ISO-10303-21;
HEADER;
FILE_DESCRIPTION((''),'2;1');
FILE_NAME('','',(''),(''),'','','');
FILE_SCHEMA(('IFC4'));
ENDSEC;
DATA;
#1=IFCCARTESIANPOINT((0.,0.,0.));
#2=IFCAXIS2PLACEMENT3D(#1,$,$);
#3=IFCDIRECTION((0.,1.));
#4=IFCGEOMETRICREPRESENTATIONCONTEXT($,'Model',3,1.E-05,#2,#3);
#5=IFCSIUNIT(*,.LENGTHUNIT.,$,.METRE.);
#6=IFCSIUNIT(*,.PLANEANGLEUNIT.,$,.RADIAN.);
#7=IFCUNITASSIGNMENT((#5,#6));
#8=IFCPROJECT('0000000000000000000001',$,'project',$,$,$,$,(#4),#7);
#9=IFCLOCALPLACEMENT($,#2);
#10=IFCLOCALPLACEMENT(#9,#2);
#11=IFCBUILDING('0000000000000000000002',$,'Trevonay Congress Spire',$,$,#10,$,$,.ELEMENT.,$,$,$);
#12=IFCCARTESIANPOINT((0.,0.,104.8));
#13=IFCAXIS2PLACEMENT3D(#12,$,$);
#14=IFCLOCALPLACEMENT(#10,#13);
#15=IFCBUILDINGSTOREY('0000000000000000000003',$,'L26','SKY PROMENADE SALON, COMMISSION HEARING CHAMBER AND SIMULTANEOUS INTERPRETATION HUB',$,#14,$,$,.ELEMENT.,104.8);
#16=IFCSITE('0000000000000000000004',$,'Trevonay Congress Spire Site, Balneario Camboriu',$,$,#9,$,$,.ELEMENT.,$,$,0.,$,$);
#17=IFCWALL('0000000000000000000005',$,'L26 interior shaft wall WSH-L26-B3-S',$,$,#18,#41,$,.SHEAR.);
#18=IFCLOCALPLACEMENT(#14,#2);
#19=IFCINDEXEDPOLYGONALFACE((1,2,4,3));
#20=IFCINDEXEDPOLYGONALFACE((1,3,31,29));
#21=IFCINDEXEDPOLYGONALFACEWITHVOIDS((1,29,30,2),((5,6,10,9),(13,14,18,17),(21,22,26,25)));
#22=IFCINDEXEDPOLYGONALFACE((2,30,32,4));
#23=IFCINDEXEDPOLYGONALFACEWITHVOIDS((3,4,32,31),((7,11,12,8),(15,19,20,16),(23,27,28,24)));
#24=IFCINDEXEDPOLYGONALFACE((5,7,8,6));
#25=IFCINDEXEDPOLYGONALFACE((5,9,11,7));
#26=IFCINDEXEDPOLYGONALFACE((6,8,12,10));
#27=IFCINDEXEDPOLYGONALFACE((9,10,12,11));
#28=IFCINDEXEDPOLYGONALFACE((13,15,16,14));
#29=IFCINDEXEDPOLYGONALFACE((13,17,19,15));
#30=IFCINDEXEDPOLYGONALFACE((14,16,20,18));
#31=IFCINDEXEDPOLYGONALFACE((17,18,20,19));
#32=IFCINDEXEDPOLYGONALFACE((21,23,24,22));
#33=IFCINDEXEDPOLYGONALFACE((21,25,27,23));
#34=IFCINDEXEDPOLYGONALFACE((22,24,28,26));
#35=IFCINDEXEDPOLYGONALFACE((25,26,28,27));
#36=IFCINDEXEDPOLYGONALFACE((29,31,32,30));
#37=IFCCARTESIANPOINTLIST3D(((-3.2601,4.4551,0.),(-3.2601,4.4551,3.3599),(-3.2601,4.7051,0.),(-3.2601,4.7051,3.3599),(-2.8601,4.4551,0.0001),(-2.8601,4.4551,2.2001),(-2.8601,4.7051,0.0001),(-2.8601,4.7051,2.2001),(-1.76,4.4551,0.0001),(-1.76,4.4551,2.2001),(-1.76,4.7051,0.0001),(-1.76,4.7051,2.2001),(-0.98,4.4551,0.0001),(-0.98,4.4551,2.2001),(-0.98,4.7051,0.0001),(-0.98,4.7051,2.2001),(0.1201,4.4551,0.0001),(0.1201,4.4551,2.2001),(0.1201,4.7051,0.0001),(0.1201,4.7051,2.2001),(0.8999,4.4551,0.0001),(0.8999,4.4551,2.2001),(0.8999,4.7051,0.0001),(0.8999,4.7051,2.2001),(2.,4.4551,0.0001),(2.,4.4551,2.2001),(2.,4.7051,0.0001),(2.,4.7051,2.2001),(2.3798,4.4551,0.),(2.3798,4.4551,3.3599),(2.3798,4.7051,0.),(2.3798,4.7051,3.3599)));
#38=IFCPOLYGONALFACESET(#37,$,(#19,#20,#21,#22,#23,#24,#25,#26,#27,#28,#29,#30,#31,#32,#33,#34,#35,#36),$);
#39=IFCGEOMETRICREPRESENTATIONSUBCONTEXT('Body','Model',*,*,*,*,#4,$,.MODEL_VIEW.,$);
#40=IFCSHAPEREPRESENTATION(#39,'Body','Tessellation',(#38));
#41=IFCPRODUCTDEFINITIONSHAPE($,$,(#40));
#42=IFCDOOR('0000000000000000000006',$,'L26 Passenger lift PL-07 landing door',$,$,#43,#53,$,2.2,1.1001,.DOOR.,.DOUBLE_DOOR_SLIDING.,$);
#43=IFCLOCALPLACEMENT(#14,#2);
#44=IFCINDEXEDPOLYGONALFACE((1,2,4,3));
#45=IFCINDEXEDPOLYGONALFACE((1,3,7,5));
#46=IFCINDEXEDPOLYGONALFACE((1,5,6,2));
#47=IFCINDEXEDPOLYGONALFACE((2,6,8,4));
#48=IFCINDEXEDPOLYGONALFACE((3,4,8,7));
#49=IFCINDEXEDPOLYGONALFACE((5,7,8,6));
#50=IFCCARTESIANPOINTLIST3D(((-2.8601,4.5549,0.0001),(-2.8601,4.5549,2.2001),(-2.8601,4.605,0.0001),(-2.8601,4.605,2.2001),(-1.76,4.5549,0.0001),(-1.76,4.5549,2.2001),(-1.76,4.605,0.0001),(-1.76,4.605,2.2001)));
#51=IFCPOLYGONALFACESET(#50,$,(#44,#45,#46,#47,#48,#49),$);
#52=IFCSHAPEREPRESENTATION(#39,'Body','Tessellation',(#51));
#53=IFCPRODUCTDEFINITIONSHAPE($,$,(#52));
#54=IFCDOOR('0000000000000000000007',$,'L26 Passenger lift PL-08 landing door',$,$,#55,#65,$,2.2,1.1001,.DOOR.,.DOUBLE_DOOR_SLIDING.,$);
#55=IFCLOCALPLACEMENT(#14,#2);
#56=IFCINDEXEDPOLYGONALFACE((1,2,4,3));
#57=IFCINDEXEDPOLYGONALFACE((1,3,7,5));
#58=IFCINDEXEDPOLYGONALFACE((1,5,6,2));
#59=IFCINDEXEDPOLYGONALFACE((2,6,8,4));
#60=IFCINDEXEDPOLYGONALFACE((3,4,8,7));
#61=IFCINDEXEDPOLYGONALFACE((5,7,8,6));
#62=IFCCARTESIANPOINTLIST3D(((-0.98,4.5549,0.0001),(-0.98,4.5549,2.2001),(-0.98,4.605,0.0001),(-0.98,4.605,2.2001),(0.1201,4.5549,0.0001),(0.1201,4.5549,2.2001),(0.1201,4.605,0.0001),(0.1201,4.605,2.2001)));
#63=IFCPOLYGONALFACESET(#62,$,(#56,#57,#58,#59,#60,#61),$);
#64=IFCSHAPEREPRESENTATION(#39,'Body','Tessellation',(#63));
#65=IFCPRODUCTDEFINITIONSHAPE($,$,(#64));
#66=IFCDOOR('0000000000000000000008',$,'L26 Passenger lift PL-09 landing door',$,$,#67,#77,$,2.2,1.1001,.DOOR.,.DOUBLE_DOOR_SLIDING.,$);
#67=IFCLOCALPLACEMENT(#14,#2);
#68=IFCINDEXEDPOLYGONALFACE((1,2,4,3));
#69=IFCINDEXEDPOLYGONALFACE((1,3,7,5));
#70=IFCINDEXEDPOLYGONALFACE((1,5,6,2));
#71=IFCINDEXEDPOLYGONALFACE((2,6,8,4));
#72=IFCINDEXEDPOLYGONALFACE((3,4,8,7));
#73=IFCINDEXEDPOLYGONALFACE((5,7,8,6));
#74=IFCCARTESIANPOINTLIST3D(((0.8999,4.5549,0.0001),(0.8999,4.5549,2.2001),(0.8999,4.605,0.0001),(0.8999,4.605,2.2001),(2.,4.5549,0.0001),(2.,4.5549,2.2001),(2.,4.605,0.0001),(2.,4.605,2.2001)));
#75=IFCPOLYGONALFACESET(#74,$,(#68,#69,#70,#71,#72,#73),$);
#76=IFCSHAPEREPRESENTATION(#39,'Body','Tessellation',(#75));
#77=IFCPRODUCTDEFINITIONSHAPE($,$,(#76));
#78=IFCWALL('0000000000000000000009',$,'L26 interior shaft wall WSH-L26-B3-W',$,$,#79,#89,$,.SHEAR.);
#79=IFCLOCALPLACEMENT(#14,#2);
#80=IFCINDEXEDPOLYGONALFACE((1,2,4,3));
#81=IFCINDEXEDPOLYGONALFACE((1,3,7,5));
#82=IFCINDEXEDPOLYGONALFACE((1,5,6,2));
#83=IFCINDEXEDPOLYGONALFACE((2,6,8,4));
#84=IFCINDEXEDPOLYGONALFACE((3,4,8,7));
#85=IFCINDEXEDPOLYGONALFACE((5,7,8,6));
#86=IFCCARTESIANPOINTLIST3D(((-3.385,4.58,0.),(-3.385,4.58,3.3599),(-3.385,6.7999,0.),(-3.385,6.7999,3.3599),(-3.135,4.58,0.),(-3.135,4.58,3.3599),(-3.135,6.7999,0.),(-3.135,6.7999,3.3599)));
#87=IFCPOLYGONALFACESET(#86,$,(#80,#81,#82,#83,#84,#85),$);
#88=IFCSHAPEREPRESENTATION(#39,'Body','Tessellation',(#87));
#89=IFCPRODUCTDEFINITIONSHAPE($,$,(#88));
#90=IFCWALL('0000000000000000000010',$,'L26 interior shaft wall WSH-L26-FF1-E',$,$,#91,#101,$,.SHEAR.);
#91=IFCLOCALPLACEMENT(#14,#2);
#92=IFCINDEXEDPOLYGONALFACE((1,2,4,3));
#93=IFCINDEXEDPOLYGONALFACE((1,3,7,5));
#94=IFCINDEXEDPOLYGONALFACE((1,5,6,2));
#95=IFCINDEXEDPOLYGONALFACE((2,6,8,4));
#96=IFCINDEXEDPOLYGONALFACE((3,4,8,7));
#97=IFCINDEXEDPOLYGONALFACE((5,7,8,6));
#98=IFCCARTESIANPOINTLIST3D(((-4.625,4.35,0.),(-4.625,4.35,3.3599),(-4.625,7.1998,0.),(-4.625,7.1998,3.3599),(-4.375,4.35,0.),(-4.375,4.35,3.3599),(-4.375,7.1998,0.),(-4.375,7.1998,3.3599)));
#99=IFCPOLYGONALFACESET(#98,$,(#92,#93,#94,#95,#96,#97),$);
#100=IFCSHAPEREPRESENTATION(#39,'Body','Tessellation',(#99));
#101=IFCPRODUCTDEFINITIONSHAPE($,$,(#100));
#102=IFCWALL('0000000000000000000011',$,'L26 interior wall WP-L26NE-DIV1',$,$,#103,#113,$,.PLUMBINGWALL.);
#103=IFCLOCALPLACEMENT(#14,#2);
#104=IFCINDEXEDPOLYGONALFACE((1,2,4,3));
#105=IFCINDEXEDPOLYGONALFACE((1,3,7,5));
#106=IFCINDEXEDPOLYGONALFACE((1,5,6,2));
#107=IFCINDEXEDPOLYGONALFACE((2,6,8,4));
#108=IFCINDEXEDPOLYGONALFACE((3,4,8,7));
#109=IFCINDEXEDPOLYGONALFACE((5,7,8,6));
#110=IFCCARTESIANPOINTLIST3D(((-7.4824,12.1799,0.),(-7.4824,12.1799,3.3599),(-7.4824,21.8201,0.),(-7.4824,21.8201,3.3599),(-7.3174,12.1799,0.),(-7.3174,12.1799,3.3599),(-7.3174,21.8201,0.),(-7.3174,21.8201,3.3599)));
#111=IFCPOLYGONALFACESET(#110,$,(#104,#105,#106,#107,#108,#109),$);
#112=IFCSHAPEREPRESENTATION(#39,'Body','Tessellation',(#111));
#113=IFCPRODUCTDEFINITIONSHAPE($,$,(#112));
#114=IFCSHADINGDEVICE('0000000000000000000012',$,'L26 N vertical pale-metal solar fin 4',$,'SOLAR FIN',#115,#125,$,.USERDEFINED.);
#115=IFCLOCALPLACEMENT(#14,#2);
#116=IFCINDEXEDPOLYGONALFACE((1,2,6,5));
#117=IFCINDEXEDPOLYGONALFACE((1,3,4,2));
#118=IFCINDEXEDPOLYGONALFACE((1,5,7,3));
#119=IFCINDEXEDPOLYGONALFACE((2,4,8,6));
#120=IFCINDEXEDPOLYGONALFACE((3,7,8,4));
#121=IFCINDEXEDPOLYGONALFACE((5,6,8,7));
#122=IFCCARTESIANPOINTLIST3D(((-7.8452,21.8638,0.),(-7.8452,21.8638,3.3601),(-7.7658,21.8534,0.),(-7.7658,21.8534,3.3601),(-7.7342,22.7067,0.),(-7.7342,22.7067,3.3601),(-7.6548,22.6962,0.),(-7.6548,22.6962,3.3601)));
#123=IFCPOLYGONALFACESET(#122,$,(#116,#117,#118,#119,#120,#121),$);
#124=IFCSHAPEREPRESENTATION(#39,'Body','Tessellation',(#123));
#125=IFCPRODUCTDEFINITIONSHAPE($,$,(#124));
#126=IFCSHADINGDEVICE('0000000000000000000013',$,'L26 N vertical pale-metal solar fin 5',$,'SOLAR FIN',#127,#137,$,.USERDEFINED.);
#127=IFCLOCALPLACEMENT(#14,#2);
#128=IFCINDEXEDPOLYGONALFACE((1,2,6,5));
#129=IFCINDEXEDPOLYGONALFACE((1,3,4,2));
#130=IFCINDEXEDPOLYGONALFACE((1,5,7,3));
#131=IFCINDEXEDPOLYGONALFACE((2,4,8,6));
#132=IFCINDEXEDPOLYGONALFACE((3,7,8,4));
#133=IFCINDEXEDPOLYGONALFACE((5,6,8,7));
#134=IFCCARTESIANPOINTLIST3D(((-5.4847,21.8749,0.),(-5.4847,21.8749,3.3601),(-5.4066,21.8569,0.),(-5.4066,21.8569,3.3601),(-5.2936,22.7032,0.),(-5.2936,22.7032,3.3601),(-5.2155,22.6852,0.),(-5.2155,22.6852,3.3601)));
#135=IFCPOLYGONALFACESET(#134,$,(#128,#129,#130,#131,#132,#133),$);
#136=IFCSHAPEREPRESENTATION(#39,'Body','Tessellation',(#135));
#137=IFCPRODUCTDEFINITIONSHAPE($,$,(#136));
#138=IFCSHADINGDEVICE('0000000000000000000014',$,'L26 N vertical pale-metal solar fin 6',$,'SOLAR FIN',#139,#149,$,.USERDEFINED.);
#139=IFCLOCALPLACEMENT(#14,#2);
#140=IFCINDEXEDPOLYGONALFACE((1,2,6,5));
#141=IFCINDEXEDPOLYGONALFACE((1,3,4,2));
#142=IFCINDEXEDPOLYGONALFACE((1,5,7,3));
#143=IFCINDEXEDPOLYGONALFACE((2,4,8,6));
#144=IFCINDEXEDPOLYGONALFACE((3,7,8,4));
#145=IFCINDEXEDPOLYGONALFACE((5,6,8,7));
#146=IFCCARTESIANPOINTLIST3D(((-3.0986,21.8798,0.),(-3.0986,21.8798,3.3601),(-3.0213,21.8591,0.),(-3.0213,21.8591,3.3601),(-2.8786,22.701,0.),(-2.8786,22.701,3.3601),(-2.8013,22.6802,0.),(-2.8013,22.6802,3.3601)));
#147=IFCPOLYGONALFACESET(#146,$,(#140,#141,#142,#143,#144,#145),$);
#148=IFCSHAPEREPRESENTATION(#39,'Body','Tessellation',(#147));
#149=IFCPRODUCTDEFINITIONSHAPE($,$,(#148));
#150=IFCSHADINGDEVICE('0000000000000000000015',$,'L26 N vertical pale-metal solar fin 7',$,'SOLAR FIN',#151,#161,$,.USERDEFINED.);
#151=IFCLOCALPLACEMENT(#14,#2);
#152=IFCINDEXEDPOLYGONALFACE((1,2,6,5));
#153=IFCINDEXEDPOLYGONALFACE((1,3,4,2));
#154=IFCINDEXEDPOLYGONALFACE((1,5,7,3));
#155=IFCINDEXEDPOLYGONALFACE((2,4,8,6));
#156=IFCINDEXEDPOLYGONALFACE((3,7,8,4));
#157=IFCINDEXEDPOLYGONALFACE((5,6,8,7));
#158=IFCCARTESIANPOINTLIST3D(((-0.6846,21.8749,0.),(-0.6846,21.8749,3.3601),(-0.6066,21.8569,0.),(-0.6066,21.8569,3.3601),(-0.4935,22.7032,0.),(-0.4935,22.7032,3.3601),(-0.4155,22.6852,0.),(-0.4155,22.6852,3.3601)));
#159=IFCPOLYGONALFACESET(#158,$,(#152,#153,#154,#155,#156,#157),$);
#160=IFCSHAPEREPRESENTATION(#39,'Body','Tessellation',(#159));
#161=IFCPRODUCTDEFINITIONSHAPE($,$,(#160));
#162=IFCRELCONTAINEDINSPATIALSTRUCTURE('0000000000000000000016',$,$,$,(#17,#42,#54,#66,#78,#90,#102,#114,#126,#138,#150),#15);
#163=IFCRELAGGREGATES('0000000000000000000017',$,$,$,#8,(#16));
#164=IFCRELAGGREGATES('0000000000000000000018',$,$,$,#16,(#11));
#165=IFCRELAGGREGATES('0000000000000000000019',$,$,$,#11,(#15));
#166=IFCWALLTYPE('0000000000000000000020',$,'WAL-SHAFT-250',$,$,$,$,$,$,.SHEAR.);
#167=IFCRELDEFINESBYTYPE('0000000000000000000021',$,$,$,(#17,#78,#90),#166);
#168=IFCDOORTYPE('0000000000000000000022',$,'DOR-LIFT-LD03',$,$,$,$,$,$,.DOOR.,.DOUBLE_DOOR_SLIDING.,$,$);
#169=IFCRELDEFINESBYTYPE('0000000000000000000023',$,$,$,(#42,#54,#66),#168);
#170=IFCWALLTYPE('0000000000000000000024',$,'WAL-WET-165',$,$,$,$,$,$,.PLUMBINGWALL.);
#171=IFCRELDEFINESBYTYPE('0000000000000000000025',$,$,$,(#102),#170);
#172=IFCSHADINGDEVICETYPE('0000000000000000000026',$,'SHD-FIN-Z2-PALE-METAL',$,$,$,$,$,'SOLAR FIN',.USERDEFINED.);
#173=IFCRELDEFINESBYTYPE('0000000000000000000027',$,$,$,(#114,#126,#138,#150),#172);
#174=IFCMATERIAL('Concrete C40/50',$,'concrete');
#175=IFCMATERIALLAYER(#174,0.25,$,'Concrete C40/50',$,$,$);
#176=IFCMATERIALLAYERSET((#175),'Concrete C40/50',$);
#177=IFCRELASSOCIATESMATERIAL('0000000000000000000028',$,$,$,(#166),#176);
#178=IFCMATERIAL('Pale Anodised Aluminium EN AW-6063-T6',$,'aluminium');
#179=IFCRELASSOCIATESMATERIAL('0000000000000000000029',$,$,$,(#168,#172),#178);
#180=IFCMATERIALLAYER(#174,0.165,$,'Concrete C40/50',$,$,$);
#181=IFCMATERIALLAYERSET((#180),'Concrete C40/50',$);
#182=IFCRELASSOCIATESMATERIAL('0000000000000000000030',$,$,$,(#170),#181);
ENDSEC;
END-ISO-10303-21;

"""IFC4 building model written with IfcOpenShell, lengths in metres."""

from ifc_helpers import new_model, si_unit, direction, frame, frame_2d, origin, origin_2d, place, context, subcontext, project, spatial, rectangle, extrude, material, layer, layer_set, type_object, element, fill, save


model = new_model("IFC4")

# Units and contexts
model_context = context("Model", 3, precision=1e-05, world=origin(), true_north=direction((0.0, 1.0)))
body_context = subcontext(model_context, "Body", "Model", "MODEL_VIEW")
ifc_project = project(units=[si_unit("LENGTHUNIT", "METRE"), si_unit("PLANEANGLEUNIT", "RADIAN")], contexts=[model_context])

# Site, building, storey
site_placement = place(None, origin())
site = spatial("IfcSite", under=ifc_project, at=site_placement, Name="Trevonay Congress Spire Site, Balneario Camboriu", CompositionType="ELEMENT", RefElevation=0.0)
building_placement = place(site_placement, origin())
building = spatial("IfcBuilding", under=site, at=building_placement, Name="Trevonay Congress Spire", CompositionType="ELEMENT")
storey_placement = place(building_placement, frame((0.0, 0.0, 104.8)))
storey = spatial("IfcBuildingStorey", under=building, at=storey_placement, Name="L26", Description="SKY PROMENADE SALON, COMMISSION HEARING CHAMBER AND SIMULTANEOUS INTERPRETATION HUB", CompositionType="ELEMENT", Elevation=104.8)

# Shared definitions
ifc_material_1 = material(Name="Pale Anodised Aluminium EN AW-6063-T6", Category="aluminium")

# Shared definitions
ifc_material_2 = material(Name="Concrete C40/50", Category="concrete")

# Wall, openings, doors
ifc_layer_1 = layer(ifc_material_2, 0.25, Name="Concrete C40/50")
ifc_layer_set_1 = layer_set([ifc_layer_1], Name="Concrete C40/50")
wall_type_1 = type_object("IfcWallType", Name="WAL-SHAFT-250", PredefinedType="SHEAR", material=ifc_layer_set_1)
wall_1_placement = place(storey_placement, frame((-3.26, 4.5801, 0.0), z_axis=(0.0, 0.0, 1.0), x_axis=(1.0, 0.0, 0.0)))
wall_1 = element("IfcWall", 1, at=wall_1_placement, inside=storey, type_object=wall_type_1, Name="L26 interior shaft wall WSH-L26-B3-S", PredefinedType="SHEAR", context=body_context, shape_type="SweptSolid", body=[
    extrude(rectangle(XDim=5.6399, YDim=0.25, at=frame_2d((2.8198, 0.0))), origin(), (0.0, 0.0, 1.0), 3.3599),
])
opening_1_placement = place(wall_1_placement, frame((0.3999, 0.0, 0.0)))
opening_1 = element("IfcOpeningElement", 2, at=opening_1_placement, cuts=wall_1, PredefinedType="OPENING", context=body_context, shape_type="SweptSolid", body=[
    extrude(rectangle(XDim=1.1001, YDim=2.2, at=frame_2d((0.55, 1.1001))), frame((0.0, 0.135, 0.0), z_axis=(0.0, -1.0, 0.0), x_axis=(1.0, 0.0, 0.0)), (0.0, 0.0, 1.0), 0.27),
])
opening_2_placement = place(wall_1_placement, frame((2.28, 0.0, 0.0)))
opening_2 = element("IfcOpeningElement", 3, at=opening_2_placement, cuts=wall_1, PredefinedType="OPENING", context=body_context, shape_type="SweptSolid", body=[
    extrude(rectangle(XDim=1.1001, YDim=2.2, at=frame_2d((0.55, 1.1001))), frame((0.0, 0.135, 0.0), z_axis=(0.0, -1.0, 0.0), x_axis=(1.0, 0.0, 0.0)), (0.0, 0.0, 1.0), 0.27),
])
opening_3_placement = place(wall_1_placement, frame((4.1599, 0.0, 0.0)))
opening_3 = element("IfcOpeningElement", 4, at=opening_3_placement, cuts=wall_1, PredefinedType="OPENING", context=body_context, shape_type="SweptSolid", body=[
    extrude(rectangle(XDim=1.1001, YDim=2.2, at=frame_2d((0.55, 1.1001))), frame((0.0, 0.135, 0.0), z_axis=(0.0, -1.0, 0.0), x_axis=(1.0, 0.0, 0.0)), (0.0, 0.0, 1.0), 0.27),
])
door_type_1 = type_object("IfcDoorType", Name="DOR-LIFT-LD03", OperationType="DOUBLE_DOOR_SLIDING", PredefinedType="DOOR", material=ifc_material_1)
door_1_placement = place(opening_1_placement, origin())
door_1 = element("IfcDoor", 5, at=door_1_placement, inside=storey, type_object=door_type_1, Name="L26 Passenger lift PL-07 landing door", OperationType="DOUBLE_DOOR_SLIDING", OverallHeight=2.2, OverallWidth=1.1001, PredefinedType="DOOR", context=body_context, shape_type="SweptSolid", body=[
    extrude(rectangle(XDim=1.1001, YDim=2.2, at=frame_2d((0.55, 1.1001))), frame((0.0, 0.0249, 0.0), z_axis=(0.0, -1.0, 0.0), x_axis=(1.0, 0.0, 0.0)), (0.0, 0.0, 1.0), 0.05),
])
fill(opening_1, door_1)
door_2_placement = place(opening_2_placement, origin())
door_2 = element("IfcDoor", 6, at=door_2_placement, inside=storey, type_object=door_type_1, Name="L26 Passenger lift PL-08 landing door", OperationType="DOUBLE_DOOR_SLIDING", OverallHeight=2.2, OverallWidth=1.1001, PredefinedType="DOOR", context=body_context, shape_type="SweptSolid", body=[
    extrude(rectangle(XDim=1.1001, YDim=2.2, at=frame_2d((0.55, 1.1001))), frame((0.0, 0.0249, 0.0), z_axis=(0.0, -1.0, 0.0), x_axis=(1.0, 0.0, 0.0)), (0.0, 0.0, 1.0), 0.05),
])
fill(opening_2, door_2)
door_3_placement = place(opening_3_placement, origin())
door_3 = element("IfcDoor", 7, at=door_3_placement, inside=storey, type_object=door_type_1, Name="L26 Passenger lift PL-09 landing door", OperationType="DOUBLE_DOOR_SLIDING", OverallHeight=2.2, OverallWidth=1.1001, PredefinedType="DOOR", context=body_context, shape_type="SweptSolid", body=[
    extrude(rectangle(XDim=1.1001, YDim=2.2, at=frame_2d((0.55, 1.1001))), frame((0.0, 0.0249, 0.0), z_axis=(0.0, -1.0, 0.0), x_axis=(1.0, 0.0, 0.0)), (0.0, 0.0, 1.0), 0.05),
])
fill(opening_3, door_3)

# Walls
wall_2_placement = place(storey_placement, frame((-3.26, 4.5801, 0.0), z_axis=(0.0, 0.0, 1.0), x_axis=(0.0, 1.0, 0.0)))
element("IfcWall", 8, at=wall_2_placement, inside=storey, type_object=wall_type_1, Name="L26 interior shaft wall WSH-L26-B3-W", PredefinedType="SHEAR", context=body_context, shape_type="SweptSolid", body=[
    extrude(rectangle(XDim=2.22, YDim=0.25, at=frame_2d((1.1099, 0.0))), origin(), (0.0, 0.0, 1.0), 3.3599),
])
wall_3_placement = place(storey_placement, frame((-4.5, 4.3501, 0.0), z_axis=(0.0, 0.0, 1.0), x_axis=(0.0, 1.0, 0.0)))
element("IfcWall", 9, at=wall_3_placement, inside=storey, type_object=wall_type_1, Name="L26 interior shaft wall WSH-L26-FF1-E", PredefinedType="SHEAR", context=body_context, shape_type="SweptSolid", body=[
    extrude(rectangle(XDim=2.8499, YDim=0.25, at=frame_2d((1.4248, 0.0))), origin(), (0.0, 0.0, 1.0), 3.3599),
])
ifc_layer_2 = layer(ifc_material_2, 0.165, Name="Concrete C40/50")
ifc_layer_set_2 = layer_set([ifc_layer_2], Name="Concrete C40/50")
wall_type_2 = type_object("IfcWallType", Name="WAL-WET-165", PredefinedType="PLUMBINGWALL", material=ifc_layer_set_2)
wall_4_placement = place(storey_placement, frame((-7.3999, 12.1799, 0.0), z_axis=(0.0, 0.0, 1.0), x_axis=(0.0, 1.0, 0.0)))
element("IfcWall", 10, at=wall_4_placement, inside=storey, type_object=wall_type_2, Name="L26 interior wall WP-L26NE-DIV1", PredefinedType="PLUMBINGWALL", context=body_context, shape_type="SweptSolid", body=[
    extrude(rectangle(XDim=9.6401, YDim=0.165, at=frame_2d((4.8201, 0.0))), origin(), (0.0, 0.0, 1.0), 3.3599),
])

# Shading devices
shading_device_type = type_object("IfcShadingDeviceType", Name="SHD-FIN-Z2-PALE-METAL", ElementType="SOLAR FIN", PredefinedType="USERDEFINED", material=ifc_material_1)
for number, where, z_axis, x_axis, name in (
    (11, (-7.75, 22.28, 0.0), (0.0, 0.0, 1.0), (0.991445, -0.130526, 0.0), "L26 N vertical pale-metal solar fin 4"),
    (12, (-5.3501, 22.28, 0.0), (0.0, 0.0, 1.0), (0.974409, -0.224781, 0.0), "L26 N vertical pale-metal solar fin 5"),
    (13, (-2.95, 22.28, 0.0), (0.0, 0.0, 1.0), (0.965926, -0.258819, 0.0), "L26 N vertical pale-metal solar fin 6"),
    (14, (-0.55, 22.28, 0.0), (0.0, 0.0, 1.0), (0.974409, -0.224781, 0.0), "L26 N vertical pale-metal solar fin 7"),
):
    element("IfcShadingDevice", number, at=place(storey_placement, frame(where, z_axis=z_axis, x_axis=x_axis)), inside=storey, type_object=shading_device_type, Name=name, ObjectType="SOLAR FIN", PredefinedType="USERDEFINED", context=body_context, shape_type="SweptSolid", body=[
        extrude(rectangle(XDim=0.0801, YDim=0.8501, at=origin_2d()), origin(), (0.0, 0.0, 1.0), 3.3601),
    ])

save(model, "model.ifc")
